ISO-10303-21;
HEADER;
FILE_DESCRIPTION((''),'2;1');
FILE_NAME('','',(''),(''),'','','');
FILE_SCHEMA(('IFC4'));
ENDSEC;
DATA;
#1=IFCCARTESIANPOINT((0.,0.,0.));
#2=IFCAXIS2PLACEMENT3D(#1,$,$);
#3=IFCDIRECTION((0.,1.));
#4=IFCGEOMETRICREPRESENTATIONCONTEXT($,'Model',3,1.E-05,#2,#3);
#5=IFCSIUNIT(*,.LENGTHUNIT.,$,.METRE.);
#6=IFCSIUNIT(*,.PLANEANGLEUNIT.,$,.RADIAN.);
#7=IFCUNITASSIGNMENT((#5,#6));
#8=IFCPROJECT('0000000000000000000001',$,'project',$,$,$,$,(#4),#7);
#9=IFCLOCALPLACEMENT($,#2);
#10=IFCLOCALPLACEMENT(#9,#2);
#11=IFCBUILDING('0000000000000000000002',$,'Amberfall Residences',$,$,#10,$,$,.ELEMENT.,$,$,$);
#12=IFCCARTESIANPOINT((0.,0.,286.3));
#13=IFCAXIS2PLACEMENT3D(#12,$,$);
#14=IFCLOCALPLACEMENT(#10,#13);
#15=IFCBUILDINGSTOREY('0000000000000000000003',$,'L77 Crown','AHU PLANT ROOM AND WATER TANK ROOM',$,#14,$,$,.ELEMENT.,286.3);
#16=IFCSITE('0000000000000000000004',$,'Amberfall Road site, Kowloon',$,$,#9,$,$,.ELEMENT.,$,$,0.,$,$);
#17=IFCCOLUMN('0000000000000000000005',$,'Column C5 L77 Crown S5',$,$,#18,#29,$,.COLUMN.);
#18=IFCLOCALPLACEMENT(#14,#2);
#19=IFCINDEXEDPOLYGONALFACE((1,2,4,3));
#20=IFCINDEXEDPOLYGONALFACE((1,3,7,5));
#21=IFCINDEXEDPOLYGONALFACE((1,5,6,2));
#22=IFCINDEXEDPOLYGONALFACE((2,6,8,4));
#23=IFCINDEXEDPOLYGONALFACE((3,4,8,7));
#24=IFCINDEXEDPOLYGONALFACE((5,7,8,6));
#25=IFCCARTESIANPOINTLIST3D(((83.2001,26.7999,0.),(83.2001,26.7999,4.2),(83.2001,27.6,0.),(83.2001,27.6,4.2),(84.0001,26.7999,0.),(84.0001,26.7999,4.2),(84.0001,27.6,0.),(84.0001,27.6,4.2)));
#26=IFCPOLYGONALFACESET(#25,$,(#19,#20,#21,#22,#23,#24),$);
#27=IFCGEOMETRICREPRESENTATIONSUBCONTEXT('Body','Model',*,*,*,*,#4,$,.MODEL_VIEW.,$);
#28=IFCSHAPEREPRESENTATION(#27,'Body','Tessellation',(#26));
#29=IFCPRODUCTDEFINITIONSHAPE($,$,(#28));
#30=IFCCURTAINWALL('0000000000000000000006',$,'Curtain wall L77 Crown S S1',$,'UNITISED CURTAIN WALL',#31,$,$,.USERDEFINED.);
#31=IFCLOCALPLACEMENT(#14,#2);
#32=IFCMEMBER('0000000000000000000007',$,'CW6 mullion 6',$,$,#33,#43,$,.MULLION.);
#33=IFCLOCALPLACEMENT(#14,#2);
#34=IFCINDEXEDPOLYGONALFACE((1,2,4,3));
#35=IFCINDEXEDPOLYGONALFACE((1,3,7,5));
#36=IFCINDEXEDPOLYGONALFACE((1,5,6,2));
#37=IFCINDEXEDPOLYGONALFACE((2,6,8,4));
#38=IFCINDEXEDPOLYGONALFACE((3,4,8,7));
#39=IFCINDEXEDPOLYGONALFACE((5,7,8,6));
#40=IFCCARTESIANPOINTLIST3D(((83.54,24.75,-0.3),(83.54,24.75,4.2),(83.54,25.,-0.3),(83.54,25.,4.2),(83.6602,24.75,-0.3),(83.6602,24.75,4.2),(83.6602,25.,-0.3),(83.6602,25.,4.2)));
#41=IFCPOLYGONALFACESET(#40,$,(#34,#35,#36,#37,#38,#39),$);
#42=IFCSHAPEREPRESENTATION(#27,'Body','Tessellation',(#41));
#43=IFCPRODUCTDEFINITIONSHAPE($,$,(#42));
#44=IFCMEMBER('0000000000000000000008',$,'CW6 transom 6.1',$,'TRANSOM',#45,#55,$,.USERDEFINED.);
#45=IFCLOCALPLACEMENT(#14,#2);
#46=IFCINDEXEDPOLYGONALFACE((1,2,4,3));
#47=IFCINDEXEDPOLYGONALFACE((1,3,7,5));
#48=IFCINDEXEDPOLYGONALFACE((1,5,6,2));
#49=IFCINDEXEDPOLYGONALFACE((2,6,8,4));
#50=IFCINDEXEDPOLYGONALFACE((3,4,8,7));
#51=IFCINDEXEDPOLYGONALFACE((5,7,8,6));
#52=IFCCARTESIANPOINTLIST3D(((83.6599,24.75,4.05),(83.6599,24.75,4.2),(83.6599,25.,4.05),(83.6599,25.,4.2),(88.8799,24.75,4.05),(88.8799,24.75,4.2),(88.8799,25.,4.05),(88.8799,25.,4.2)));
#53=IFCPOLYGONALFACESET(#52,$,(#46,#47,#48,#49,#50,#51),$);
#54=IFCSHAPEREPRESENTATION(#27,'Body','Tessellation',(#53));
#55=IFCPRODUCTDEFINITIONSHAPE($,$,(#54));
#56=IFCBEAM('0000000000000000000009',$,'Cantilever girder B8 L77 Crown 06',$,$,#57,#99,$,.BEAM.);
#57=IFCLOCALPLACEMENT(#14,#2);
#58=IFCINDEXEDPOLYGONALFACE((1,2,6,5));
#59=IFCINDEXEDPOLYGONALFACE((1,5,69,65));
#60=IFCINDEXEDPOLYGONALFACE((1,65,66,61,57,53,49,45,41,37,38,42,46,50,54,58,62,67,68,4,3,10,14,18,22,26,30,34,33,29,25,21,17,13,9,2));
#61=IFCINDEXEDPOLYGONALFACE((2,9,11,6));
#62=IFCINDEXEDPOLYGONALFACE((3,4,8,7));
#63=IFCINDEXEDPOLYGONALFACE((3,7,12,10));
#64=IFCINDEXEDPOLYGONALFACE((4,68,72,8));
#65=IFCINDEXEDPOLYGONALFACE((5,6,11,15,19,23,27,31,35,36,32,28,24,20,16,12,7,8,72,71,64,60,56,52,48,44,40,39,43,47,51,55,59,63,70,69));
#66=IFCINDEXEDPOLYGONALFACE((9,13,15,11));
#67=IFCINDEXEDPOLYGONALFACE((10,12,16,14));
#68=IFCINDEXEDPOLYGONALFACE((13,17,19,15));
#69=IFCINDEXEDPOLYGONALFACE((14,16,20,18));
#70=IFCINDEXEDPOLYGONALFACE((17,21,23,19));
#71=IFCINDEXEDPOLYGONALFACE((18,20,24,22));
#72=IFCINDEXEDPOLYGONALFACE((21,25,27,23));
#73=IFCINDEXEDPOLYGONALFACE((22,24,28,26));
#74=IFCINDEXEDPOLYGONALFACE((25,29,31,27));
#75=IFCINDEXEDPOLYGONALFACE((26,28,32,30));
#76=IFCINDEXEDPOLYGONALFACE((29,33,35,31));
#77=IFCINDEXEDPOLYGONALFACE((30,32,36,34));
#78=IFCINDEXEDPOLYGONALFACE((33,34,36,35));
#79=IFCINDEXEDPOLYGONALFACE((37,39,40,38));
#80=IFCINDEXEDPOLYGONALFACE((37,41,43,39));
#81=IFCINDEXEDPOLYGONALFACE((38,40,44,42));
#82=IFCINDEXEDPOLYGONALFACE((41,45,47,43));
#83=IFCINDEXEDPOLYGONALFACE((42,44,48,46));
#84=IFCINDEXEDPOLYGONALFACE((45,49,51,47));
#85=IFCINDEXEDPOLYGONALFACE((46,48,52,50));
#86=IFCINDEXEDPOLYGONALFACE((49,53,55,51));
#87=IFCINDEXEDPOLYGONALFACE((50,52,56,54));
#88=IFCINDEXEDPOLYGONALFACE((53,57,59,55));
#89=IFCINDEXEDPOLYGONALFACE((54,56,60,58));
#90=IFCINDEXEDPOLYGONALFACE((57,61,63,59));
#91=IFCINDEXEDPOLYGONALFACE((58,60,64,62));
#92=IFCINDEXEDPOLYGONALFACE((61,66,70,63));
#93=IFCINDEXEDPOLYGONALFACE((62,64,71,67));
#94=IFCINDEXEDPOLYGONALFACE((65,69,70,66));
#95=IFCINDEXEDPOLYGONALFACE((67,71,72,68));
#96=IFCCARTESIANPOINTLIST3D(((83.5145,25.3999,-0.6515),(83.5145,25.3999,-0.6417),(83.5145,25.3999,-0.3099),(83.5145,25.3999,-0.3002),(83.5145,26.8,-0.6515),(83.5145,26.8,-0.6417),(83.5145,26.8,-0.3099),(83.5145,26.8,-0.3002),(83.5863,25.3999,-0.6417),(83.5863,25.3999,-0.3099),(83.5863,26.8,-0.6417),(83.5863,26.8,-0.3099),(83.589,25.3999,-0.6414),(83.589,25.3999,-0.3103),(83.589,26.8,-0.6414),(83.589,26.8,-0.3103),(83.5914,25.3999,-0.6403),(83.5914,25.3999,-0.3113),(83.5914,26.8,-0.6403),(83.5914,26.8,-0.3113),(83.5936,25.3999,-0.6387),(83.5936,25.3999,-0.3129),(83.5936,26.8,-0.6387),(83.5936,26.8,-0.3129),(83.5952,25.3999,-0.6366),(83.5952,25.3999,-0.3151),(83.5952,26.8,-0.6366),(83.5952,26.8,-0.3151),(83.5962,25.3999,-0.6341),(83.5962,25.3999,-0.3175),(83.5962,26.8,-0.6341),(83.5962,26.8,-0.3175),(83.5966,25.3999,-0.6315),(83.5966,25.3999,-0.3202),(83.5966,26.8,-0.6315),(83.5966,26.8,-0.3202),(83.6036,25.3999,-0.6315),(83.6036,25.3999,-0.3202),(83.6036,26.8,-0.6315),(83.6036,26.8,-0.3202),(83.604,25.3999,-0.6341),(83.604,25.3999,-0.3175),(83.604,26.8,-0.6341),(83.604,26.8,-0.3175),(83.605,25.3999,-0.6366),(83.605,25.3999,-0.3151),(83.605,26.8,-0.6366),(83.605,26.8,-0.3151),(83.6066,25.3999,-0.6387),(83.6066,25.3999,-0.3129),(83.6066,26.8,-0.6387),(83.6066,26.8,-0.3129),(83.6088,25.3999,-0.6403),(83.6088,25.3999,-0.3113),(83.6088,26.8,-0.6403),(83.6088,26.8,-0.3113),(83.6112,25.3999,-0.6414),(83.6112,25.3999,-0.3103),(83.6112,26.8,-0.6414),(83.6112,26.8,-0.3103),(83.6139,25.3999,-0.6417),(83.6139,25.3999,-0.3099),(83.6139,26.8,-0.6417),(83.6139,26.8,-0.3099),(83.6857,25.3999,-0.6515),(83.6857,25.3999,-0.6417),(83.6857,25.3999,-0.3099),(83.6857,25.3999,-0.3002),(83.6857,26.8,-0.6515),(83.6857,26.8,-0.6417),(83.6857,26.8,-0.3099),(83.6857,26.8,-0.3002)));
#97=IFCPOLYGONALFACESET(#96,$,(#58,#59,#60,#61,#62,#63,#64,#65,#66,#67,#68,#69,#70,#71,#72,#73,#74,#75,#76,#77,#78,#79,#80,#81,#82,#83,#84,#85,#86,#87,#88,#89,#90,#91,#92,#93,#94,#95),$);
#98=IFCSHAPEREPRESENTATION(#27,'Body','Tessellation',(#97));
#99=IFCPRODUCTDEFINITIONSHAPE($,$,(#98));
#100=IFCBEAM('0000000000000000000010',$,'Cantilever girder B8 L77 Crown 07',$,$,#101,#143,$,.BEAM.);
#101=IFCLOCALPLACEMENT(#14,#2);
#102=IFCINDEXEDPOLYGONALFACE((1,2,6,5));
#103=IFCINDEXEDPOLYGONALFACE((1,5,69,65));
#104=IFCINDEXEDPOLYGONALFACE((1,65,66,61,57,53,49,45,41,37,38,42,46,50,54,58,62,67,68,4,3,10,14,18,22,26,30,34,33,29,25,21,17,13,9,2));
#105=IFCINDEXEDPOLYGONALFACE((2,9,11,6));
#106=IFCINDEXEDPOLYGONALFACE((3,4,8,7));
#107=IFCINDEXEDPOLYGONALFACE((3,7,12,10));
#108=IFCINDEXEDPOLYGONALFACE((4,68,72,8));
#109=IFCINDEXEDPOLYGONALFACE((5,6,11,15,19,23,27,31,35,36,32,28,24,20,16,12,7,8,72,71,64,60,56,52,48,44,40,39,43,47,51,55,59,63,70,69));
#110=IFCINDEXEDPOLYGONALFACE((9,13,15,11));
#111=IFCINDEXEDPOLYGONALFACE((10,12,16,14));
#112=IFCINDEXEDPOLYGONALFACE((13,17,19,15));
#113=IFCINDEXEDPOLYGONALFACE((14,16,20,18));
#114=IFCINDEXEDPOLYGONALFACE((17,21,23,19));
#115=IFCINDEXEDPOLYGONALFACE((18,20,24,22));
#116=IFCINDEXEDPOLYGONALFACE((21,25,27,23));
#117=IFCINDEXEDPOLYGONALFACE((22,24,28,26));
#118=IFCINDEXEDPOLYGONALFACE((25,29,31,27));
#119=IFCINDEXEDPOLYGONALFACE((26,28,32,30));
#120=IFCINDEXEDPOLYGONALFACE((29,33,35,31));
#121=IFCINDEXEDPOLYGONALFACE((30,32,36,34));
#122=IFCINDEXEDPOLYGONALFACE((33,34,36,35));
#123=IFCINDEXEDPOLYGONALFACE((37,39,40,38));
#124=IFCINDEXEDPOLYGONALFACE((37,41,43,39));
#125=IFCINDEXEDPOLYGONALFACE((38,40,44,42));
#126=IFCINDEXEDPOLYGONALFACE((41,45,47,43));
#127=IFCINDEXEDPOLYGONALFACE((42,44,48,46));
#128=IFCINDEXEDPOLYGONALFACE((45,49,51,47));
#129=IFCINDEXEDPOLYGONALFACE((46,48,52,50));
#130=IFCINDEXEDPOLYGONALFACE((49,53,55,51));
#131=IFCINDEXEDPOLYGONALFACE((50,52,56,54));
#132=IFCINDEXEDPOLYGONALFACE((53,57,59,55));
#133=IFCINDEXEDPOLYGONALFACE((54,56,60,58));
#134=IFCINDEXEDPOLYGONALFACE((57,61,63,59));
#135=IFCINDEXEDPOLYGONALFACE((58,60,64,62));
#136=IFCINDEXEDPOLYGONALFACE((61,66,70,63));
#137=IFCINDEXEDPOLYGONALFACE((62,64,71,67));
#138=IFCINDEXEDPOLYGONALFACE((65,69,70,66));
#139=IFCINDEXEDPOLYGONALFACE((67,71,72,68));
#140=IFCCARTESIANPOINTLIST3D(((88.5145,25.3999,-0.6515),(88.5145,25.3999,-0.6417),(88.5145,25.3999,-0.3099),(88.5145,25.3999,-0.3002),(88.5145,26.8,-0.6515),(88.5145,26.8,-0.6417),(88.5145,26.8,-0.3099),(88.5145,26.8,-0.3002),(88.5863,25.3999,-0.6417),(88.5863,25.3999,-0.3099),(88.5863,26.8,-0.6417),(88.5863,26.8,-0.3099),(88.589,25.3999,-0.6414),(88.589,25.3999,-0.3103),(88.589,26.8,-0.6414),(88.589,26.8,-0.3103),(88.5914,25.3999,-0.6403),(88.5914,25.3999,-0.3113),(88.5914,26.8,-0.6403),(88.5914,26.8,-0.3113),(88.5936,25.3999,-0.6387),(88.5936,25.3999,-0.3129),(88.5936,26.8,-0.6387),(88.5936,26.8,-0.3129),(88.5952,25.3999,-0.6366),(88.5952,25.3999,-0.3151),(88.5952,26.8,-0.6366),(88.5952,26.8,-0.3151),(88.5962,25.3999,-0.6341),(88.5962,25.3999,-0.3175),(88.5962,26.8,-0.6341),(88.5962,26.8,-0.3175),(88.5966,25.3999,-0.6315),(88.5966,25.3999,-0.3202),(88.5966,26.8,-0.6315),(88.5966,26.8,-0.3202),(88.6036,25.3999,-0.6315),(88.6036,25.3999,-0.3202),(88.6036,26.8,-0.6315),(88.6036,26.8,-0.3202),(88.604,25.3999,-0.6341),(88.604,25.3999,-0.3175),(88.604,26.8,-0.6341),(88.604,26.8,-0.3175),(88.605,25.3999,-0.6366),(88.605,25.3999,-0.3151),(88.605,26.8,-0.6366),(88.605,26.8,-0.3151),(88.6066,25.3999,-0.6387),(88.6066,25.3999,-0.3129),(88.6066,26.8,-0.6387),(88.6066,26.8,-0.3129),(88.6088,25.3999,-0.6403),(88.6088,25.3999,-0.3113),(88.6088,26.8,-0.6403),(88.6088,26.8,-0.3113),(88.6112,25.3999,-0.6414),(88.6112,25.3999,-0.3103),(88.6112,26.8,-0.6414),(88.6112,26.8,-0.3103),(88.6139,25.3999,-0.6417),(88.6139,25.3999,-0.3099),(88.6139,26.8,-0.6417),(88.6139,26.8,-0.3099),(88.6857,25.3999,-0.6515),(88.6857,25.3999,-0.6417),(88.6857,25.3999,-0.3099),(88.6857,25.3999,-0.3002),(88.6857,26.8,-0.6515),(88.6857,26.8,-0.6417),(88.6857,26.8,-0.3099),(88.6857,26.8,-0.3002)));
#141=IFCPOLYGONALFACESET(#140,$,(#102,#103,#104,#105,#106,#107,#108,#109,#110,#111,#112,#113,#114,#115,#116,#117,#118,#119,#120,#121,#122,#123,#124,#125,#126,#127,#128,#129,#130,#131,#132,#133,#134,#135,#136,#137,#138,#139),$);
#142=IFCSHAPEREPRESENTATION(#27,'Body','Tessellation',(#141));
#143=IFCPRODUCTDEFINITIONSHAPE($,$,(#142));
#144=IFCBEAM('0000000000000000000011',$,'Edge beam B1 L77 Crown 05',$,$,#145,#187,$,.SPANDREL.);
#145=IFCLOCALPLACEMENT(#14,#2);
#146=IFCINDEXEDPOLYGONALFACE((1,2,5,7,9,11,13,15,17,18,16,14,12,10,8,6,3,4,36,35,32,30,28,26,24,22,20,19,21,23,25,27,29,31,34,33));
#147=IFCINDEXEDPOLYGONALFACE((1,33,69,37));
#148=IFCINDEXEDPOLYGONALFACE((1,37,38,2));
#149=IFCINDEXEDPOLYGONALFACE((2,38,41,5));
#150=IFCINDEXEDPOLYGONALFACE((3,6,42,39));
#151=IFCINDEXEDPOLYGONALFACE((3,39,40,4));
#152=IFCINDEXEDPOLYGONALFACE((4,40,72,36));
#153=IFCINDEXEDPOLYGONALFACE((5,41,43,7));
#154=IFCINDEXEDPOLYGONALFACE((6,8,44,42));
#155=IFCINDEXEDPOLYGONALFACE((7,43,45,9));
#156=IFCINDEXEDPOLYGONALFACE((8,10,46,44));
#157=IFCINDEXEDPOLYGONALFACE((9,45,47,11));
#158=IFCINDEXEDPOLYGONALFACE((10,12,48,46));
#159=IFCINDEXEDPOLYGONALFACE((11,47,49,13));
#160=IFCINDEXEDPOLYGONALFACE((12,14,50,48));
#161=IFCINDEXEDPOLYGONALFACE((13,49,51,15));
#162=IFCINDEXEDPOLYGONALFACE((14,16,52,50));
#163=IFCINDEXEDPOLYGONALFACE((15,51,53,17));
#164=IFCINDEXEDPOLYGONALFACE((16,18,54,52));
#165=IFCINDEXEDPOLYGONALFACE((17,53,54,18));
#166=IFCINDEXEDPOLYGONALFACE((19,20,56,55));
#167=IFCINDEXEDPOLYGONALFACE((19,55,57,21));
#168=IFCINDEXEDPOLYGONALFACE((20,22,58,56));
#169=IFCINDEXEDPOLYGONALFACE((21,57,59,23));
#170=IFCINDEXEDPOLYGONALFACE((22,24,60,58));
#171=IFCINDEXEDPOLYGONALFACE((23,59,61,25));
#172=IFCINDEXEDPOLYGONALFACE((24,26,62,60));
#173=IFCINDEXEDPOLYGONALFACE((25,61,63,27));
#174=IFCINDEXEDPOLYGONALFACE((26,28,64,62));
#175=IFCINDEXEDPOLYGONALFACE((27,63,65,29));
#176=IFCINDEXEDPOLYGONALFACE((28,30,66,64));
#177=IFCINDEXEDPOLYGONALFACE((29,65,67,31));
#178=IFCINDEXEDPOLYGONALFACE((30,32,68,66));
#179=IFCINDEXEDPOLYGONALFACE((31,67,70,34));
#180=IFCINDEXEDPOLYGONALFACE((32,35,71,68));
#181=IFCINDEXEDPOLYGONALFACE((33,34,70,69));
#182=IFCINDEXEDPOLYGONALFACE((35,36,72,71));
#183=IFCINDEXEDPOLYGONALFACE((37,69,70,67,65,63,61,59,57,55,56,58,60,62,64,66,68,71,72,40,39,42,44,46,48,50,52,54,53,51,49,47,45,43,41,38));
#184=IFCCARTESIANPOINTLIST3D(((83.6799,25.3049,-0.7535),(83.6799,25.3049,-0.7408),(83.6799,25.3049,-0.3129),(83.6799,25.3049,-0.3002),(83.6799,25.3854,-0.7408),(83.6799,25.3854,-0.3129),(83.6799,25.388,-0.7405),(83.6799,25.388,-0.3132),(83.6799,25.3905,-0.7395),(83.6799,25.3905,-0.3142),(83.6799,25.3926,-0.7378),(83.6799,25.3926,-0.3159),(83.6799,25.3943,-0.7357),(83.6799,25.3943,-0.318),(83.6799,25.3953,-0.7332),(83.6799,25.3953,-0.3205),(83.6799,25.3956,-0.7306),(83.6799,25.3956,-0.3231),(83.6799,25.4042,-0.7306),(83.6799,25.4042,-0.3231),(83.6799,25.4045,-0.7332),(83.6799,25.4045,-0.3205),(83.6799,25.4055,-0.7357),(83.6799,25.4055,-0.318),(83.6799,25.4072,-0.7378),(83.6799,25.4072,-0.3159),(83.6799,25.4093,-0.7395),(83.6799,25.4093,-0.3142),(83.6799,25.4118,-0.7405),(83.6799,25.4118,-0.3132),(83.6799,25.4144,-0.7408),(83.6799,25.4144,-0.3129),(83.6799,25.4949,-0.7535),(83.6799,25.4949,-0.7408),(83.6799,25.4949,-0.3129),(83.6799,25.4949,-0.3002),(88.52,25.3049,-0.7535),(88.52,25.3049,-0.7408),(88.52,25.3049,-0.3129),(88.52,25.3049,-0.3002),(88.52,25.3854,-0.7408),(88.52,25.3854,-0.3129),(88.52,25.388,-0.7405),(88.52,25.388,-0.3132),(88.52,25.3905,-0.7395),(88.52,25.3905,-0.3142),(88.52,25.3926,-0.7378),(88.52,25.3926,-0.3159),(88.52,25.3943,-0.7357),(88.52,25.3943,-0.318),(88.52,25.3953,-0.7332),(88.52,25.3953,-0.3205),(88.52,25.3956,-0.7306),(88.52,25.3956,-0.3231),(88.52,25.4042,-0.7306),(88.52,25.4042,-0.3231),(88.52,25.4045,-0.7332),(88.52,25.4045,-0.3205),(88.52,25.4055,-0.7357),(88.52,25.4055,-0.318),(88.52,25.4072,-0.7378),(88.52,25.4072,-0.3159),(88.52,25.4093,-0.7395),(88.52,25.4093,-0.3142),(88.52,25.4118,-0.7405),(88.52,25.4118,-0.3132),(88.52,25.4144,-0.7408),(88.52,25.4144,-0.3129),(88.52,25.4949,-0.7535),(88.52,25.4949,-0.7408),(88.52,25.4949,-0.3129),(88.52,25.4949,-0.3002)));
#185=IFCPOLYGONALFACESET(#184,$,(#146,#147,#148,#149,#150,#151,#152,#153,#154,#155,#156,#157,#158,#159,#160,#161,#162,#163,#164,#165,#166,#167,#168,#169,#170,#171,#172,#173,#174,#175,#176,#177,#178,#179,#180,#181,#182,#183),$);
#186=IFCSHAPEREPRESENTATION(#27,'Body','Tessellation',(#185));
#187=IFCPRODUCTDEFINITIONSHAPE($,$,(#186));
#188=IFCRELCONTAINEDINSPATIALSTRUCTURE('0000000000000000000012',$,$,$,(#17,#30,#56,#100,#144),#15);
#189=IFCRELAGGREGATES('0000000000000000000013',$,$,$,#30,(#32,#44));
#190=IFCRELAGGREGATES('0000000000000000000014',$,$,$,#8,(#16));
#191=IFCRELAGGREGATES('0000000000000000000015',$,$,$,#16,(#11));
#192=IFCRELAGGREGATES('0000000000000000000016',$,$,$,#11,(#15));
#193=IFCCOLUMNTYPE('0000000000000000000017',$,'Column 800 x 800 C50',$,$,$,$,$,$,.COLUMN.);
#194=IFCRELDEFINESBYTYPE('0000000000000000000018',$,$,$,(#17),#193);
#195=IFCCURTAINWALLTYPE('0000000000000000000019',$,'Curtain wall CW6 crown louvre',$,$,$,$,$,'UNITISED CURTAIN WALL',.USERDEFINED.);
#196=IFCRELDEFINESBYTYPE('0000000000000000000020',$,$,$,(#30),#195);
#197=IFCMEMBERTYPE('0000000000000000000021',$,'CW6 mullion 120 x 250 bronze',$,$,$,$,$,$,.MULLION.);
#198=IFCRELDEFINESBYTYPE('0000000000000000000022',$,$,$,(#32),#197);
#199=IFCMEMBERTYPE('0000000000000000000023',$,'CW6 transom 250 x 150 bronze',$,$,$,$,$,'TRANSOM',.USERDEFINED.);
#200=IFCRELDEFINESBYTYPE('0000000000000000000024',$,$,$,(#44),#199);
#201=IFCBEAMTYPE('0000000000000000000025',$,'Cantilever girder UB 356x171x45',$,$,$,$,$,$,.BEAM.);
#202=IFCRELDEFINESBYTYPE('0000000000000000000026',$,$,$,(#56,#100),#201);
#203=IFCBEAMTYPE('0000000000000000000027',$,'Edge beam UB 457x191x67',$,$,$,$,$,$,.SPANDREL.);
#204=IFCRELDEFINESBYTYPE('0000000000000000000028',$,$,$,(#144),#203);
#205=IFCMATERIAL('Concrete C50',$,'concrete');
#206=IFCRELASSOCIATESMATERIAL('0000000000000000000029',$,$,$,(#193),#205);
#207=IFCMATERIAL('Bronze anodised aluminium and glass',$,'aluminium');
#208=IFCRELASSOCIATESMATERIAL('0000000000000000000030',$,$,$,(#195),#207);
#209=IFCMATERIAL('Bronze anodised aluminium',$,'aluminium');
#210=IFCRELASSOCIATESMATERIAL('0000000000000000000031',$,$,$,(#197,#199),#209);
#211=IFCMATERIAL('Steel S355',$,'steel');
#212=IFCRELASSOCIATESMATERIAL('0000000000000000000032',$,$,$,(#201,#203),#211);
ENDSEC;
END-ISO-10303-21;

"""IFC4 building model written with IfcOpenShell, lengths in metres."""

from ifc_helpers import new_model, si_unit, direction, frame, origin, origin_2d, place, context, subcontext, project, spatial, rectangle, i_section, extrude, material, material_profile, profile_set, type_object, element, aggregate, save


model = new_model("IFC4")

# Units and contexts
model_context = context("Model", 3, precision=1e-05, world=origin(), true_north=direction((0.0, 1.0)))
body_context = subcontext(model_context, "Body", "Model", "MODEL_VIEW")
ifc_project = project(units=[si_unit("LENGTHUNIT", "METRE"), si_unit("PLANEANGLEUNIT", "RADIAN")], contexts=[model_context])

# Site, building, storey
site_placement = place(None, origin())
site = spatial("IfcSite", under=ifc_project, at=site_placement, Name="Amberfall Road site, Kowloon", CompositionType="ELEMENT", RefElevation=0.0)
building_placement = place(site_placement, origin())
building = spatial("IfcBuilding", under=site, at=building_placement, Name="Amberfall Residences", CompositionType="ELEMENT")
storey_placement = place(building_placement, frame((0.0, 0.0, 286.3)))
storey = spatial("IfcBuildingStorey", under=building, at=storey_placement, Name="L77 Crown", Description="AHU PLANT ROOM AND WATER TANK ROOM", CompositionType="ELEMENT", Elevation=286.3)

# Column
ifc_material_1 = material(Name="Concrete C50", Category="concrete")
ifc_material_profile_1 = material_profile(ifc_material_1, rectangle(XDim=0.8, YDim=0.8, at=origin_2d()), Name="Column 800 x 800 C50")
ifc_profile_set_1 = profile_set([ifc_material_profile_1], Name="Concrete C50")
column_type = type_object("IfcColumnType", Name="Column 800 x 800 C50", PredefinedType="COLUMN", material=ifc_profile_set_1)
column_placement = place(storey_placement, frame((83.6001, 27.2, 0.0), z_axis=(0.0, 0.0, 1.0), x_axis=(1.0, 0.0, 0.0)))
element("IfcColumn", 1, at=column_placement, inside=storey, type_object=column_type, Name="Column C5 L77 Crown S5", PredefinedType="COLUMN", context=body_context, shape_type="SweptSolid", body=[
    extrude(rectangle(XDim=0.8, YDim=0.8, at=origin_2d()), origin(), (0.0, 0.0, 1.0), 4.2),
])

# Curtain wall, members
ifc_material_2 = material(Name="Bronze anodised aluminium and glass", Category="aluminium")
curtain_wall_type = type_object("IfcCurtainWallType", Name="Curtain wall CW6 crown louvre", ElementType="UNITISED CURTAIN WALL", PredefinedType="USERDEFINED", material=ifc_material_2)
curtain_wall_placement = place(storey_placement, origin())
curtain_wall = element("IfcCurtainWall", 2, at=curtain_wall_placement, inside=storey, type_object=curtain_wall_type, Name="Curtain wall L77 Crown S S1", ObjectType="UNITISED CURTAIN WALL", PredefinedType="USERDEFINED")
ifc_material_3 = material(Name="Bronze anodised aluminium", Category="aluminium")
ifc_material_profile_2 = material_profile(ifc_material_3, rectangle(XDim=0.25, YDim=0.1201, at=origin_2d()), Name="CW6 mullion 120 x 250 bronze")
ifc_profile_set_2 = profile_set([ifc_material_profile_2], Name="Bronze anodised aluminium")
member_type_1 = type_object("IfcMemberType", Name="CW6 mullion 120 x 250 bronze", PredefinedType="MULLION", material=ifc_profile_set_2)
member_1_placement = place(storey_placement, frame((83.6001, 24.875, -0.3), z_axis=(0.0, 0.0, 1.0), x_axis=(0.0, 1.0, 0.0)))
member_1 = element("IfcMember", 3, at=member_1_placement, type_object=member_type_1, Name="CW6 mullion 6", PredefinedType="MULLION", context=body_context, shape_type="SweptSolid", body=[
    extrude(rectangle(XDim=0.25, YDim=0.1201, at=origin_2d()), origin(), (0.0, 0.0, 1.0), 4.5),
])
ifc_material_profile_3 = material_profile(ifc_material_3, rectangle(XDim=0.25, YDim=0.1499, at=origin_2d()), Name="CW6 transom 250 x 150 bronze")
ifc_profile_set_3 = profile_set([ifc_material_profile_3], Name="Bronze anodised aluminium")
member_type_2 = type_object("IfcMemberType", Name="CW6 transom 250 x 150 bronze", ElementType="TRANSOM", PredefinedType="USERDEFINED", material=ifc_profile_set_3)
member_2_placement = place(storey_placement, frame((83.6599, 24.875, 4.125), z_axis=(1.0, 0.0, 0.0), x_axis=(0.0, 1.0, 0.0)))
member_2 = element("IfcMember", 4, at=member_2_placement, type_object=member_type_2, Name="CW6 transom 6.1", ObjectType="TRANSOM", PredefinedType="USERDEFINED", context=body_context, shape_type="SweptSolid", body=[
    extrude(rectangle(XDim=0.25, YDim=0.1499, at=origin_2d()), origin(), (0.0, 0.0, 1.0), 5.22),
])

# Beams
ifc_material_4 = material(Name="Steel S355", Category="steel")
ifc_material_profile_4 = material_profile(ifc_material_4, i_section(OverallWidth=0.1711, OverallDepth=0.3513, WebThickness=0.0071, FlangeThickness=0.0098, FilletRadius=0.0103, at=origin_2d()), Name="UB 356x171x45")
ifc_profile_set_4 = profile_set([ifc_material_profile_4], Name="Steel S355")
beam_type_1 = type_object("IfcBeamType", Name="Cantilever girder UB 356x171x45", PredefinedType="BEAM", material=ifc_profile_set_4)
for number, where, z_axis, x_axis, name in (
    (5, (83.6001, 26.8, -0.4758), (0.0, -1.0, 0.0), (1.0, 0.0, 0.0), "Cantilever girder B8 L77 Crown 06"),
    (6, (88.6001, 26.8, -0.4758), (0.0, -1.0, 0.0), (1.0, 0.0, 0.0), "Cantilever girder B8 L77 Crown 07"),
):
    element("IfcBeam", number, at=place(storey_placement, frame(where, z_axis=z_axis, x_axis=x_axis)), inside=storey, type_object=beam_type_1, Name=name, PredefinedType="BEAM", context=body_context, shape_type="SweptSolid", body=[
        extrude(i_section(OverallWidth=0.1711, OverallDepth=0.3513, WebThickness=0.0071, FlangeThickness=0.0098, FilletRadius=0.0103, at=origin_2d()), origin(), (0.0, 0.0, 1.0), 1.4001),
    ])
ifc_material_profile_5 = material_profile(ifc_material_4, i_section(OverallWidth=0.1899, OverallDepth=0.4534, WebThickness=0.0085, FlangeThickness=0.0127, FilletRadius=0.0103, at=origin_2d()), Name="UB 457x191x67")
ifc_profile_set_5 = profile_set([ifc_material_profile_5], Name="Steel S355")
beam_type_2 = type_object("IfcBeamType", Name="Edge beam UB 457x191x67", PredefinedType="SPANDREL", material=ifc_profile_set_5)
beam_1_placement = place(storey_placement, frame((83.6799, 25.3999, -0.5269), z_axis=(1.0, 0.0, 0.0), x_axis=(0.0, 1.0, 0.0)))
element("IfcBeam", 7, at=beam_1_placement, inside=storey, type_object=beam_type_2, Name="Edge beam B1 L77 Crown 05", PredefinedType="SPANDREL", context=body_context, shape_type="SweptSolid", body=[
    extrude(i_section(OverallWidth=0.1899, OverallDepth=0.4534, WebThickness=0.0085, FlangeThickness=0.0127, FilletRadius=0.0103, at=origin_2d()), origin(), (0.0, 0.0, 1.0), 4.8401),
])

aggregate(curtain_wall, [member_1, member_2])

save(model, "model.ifc")
